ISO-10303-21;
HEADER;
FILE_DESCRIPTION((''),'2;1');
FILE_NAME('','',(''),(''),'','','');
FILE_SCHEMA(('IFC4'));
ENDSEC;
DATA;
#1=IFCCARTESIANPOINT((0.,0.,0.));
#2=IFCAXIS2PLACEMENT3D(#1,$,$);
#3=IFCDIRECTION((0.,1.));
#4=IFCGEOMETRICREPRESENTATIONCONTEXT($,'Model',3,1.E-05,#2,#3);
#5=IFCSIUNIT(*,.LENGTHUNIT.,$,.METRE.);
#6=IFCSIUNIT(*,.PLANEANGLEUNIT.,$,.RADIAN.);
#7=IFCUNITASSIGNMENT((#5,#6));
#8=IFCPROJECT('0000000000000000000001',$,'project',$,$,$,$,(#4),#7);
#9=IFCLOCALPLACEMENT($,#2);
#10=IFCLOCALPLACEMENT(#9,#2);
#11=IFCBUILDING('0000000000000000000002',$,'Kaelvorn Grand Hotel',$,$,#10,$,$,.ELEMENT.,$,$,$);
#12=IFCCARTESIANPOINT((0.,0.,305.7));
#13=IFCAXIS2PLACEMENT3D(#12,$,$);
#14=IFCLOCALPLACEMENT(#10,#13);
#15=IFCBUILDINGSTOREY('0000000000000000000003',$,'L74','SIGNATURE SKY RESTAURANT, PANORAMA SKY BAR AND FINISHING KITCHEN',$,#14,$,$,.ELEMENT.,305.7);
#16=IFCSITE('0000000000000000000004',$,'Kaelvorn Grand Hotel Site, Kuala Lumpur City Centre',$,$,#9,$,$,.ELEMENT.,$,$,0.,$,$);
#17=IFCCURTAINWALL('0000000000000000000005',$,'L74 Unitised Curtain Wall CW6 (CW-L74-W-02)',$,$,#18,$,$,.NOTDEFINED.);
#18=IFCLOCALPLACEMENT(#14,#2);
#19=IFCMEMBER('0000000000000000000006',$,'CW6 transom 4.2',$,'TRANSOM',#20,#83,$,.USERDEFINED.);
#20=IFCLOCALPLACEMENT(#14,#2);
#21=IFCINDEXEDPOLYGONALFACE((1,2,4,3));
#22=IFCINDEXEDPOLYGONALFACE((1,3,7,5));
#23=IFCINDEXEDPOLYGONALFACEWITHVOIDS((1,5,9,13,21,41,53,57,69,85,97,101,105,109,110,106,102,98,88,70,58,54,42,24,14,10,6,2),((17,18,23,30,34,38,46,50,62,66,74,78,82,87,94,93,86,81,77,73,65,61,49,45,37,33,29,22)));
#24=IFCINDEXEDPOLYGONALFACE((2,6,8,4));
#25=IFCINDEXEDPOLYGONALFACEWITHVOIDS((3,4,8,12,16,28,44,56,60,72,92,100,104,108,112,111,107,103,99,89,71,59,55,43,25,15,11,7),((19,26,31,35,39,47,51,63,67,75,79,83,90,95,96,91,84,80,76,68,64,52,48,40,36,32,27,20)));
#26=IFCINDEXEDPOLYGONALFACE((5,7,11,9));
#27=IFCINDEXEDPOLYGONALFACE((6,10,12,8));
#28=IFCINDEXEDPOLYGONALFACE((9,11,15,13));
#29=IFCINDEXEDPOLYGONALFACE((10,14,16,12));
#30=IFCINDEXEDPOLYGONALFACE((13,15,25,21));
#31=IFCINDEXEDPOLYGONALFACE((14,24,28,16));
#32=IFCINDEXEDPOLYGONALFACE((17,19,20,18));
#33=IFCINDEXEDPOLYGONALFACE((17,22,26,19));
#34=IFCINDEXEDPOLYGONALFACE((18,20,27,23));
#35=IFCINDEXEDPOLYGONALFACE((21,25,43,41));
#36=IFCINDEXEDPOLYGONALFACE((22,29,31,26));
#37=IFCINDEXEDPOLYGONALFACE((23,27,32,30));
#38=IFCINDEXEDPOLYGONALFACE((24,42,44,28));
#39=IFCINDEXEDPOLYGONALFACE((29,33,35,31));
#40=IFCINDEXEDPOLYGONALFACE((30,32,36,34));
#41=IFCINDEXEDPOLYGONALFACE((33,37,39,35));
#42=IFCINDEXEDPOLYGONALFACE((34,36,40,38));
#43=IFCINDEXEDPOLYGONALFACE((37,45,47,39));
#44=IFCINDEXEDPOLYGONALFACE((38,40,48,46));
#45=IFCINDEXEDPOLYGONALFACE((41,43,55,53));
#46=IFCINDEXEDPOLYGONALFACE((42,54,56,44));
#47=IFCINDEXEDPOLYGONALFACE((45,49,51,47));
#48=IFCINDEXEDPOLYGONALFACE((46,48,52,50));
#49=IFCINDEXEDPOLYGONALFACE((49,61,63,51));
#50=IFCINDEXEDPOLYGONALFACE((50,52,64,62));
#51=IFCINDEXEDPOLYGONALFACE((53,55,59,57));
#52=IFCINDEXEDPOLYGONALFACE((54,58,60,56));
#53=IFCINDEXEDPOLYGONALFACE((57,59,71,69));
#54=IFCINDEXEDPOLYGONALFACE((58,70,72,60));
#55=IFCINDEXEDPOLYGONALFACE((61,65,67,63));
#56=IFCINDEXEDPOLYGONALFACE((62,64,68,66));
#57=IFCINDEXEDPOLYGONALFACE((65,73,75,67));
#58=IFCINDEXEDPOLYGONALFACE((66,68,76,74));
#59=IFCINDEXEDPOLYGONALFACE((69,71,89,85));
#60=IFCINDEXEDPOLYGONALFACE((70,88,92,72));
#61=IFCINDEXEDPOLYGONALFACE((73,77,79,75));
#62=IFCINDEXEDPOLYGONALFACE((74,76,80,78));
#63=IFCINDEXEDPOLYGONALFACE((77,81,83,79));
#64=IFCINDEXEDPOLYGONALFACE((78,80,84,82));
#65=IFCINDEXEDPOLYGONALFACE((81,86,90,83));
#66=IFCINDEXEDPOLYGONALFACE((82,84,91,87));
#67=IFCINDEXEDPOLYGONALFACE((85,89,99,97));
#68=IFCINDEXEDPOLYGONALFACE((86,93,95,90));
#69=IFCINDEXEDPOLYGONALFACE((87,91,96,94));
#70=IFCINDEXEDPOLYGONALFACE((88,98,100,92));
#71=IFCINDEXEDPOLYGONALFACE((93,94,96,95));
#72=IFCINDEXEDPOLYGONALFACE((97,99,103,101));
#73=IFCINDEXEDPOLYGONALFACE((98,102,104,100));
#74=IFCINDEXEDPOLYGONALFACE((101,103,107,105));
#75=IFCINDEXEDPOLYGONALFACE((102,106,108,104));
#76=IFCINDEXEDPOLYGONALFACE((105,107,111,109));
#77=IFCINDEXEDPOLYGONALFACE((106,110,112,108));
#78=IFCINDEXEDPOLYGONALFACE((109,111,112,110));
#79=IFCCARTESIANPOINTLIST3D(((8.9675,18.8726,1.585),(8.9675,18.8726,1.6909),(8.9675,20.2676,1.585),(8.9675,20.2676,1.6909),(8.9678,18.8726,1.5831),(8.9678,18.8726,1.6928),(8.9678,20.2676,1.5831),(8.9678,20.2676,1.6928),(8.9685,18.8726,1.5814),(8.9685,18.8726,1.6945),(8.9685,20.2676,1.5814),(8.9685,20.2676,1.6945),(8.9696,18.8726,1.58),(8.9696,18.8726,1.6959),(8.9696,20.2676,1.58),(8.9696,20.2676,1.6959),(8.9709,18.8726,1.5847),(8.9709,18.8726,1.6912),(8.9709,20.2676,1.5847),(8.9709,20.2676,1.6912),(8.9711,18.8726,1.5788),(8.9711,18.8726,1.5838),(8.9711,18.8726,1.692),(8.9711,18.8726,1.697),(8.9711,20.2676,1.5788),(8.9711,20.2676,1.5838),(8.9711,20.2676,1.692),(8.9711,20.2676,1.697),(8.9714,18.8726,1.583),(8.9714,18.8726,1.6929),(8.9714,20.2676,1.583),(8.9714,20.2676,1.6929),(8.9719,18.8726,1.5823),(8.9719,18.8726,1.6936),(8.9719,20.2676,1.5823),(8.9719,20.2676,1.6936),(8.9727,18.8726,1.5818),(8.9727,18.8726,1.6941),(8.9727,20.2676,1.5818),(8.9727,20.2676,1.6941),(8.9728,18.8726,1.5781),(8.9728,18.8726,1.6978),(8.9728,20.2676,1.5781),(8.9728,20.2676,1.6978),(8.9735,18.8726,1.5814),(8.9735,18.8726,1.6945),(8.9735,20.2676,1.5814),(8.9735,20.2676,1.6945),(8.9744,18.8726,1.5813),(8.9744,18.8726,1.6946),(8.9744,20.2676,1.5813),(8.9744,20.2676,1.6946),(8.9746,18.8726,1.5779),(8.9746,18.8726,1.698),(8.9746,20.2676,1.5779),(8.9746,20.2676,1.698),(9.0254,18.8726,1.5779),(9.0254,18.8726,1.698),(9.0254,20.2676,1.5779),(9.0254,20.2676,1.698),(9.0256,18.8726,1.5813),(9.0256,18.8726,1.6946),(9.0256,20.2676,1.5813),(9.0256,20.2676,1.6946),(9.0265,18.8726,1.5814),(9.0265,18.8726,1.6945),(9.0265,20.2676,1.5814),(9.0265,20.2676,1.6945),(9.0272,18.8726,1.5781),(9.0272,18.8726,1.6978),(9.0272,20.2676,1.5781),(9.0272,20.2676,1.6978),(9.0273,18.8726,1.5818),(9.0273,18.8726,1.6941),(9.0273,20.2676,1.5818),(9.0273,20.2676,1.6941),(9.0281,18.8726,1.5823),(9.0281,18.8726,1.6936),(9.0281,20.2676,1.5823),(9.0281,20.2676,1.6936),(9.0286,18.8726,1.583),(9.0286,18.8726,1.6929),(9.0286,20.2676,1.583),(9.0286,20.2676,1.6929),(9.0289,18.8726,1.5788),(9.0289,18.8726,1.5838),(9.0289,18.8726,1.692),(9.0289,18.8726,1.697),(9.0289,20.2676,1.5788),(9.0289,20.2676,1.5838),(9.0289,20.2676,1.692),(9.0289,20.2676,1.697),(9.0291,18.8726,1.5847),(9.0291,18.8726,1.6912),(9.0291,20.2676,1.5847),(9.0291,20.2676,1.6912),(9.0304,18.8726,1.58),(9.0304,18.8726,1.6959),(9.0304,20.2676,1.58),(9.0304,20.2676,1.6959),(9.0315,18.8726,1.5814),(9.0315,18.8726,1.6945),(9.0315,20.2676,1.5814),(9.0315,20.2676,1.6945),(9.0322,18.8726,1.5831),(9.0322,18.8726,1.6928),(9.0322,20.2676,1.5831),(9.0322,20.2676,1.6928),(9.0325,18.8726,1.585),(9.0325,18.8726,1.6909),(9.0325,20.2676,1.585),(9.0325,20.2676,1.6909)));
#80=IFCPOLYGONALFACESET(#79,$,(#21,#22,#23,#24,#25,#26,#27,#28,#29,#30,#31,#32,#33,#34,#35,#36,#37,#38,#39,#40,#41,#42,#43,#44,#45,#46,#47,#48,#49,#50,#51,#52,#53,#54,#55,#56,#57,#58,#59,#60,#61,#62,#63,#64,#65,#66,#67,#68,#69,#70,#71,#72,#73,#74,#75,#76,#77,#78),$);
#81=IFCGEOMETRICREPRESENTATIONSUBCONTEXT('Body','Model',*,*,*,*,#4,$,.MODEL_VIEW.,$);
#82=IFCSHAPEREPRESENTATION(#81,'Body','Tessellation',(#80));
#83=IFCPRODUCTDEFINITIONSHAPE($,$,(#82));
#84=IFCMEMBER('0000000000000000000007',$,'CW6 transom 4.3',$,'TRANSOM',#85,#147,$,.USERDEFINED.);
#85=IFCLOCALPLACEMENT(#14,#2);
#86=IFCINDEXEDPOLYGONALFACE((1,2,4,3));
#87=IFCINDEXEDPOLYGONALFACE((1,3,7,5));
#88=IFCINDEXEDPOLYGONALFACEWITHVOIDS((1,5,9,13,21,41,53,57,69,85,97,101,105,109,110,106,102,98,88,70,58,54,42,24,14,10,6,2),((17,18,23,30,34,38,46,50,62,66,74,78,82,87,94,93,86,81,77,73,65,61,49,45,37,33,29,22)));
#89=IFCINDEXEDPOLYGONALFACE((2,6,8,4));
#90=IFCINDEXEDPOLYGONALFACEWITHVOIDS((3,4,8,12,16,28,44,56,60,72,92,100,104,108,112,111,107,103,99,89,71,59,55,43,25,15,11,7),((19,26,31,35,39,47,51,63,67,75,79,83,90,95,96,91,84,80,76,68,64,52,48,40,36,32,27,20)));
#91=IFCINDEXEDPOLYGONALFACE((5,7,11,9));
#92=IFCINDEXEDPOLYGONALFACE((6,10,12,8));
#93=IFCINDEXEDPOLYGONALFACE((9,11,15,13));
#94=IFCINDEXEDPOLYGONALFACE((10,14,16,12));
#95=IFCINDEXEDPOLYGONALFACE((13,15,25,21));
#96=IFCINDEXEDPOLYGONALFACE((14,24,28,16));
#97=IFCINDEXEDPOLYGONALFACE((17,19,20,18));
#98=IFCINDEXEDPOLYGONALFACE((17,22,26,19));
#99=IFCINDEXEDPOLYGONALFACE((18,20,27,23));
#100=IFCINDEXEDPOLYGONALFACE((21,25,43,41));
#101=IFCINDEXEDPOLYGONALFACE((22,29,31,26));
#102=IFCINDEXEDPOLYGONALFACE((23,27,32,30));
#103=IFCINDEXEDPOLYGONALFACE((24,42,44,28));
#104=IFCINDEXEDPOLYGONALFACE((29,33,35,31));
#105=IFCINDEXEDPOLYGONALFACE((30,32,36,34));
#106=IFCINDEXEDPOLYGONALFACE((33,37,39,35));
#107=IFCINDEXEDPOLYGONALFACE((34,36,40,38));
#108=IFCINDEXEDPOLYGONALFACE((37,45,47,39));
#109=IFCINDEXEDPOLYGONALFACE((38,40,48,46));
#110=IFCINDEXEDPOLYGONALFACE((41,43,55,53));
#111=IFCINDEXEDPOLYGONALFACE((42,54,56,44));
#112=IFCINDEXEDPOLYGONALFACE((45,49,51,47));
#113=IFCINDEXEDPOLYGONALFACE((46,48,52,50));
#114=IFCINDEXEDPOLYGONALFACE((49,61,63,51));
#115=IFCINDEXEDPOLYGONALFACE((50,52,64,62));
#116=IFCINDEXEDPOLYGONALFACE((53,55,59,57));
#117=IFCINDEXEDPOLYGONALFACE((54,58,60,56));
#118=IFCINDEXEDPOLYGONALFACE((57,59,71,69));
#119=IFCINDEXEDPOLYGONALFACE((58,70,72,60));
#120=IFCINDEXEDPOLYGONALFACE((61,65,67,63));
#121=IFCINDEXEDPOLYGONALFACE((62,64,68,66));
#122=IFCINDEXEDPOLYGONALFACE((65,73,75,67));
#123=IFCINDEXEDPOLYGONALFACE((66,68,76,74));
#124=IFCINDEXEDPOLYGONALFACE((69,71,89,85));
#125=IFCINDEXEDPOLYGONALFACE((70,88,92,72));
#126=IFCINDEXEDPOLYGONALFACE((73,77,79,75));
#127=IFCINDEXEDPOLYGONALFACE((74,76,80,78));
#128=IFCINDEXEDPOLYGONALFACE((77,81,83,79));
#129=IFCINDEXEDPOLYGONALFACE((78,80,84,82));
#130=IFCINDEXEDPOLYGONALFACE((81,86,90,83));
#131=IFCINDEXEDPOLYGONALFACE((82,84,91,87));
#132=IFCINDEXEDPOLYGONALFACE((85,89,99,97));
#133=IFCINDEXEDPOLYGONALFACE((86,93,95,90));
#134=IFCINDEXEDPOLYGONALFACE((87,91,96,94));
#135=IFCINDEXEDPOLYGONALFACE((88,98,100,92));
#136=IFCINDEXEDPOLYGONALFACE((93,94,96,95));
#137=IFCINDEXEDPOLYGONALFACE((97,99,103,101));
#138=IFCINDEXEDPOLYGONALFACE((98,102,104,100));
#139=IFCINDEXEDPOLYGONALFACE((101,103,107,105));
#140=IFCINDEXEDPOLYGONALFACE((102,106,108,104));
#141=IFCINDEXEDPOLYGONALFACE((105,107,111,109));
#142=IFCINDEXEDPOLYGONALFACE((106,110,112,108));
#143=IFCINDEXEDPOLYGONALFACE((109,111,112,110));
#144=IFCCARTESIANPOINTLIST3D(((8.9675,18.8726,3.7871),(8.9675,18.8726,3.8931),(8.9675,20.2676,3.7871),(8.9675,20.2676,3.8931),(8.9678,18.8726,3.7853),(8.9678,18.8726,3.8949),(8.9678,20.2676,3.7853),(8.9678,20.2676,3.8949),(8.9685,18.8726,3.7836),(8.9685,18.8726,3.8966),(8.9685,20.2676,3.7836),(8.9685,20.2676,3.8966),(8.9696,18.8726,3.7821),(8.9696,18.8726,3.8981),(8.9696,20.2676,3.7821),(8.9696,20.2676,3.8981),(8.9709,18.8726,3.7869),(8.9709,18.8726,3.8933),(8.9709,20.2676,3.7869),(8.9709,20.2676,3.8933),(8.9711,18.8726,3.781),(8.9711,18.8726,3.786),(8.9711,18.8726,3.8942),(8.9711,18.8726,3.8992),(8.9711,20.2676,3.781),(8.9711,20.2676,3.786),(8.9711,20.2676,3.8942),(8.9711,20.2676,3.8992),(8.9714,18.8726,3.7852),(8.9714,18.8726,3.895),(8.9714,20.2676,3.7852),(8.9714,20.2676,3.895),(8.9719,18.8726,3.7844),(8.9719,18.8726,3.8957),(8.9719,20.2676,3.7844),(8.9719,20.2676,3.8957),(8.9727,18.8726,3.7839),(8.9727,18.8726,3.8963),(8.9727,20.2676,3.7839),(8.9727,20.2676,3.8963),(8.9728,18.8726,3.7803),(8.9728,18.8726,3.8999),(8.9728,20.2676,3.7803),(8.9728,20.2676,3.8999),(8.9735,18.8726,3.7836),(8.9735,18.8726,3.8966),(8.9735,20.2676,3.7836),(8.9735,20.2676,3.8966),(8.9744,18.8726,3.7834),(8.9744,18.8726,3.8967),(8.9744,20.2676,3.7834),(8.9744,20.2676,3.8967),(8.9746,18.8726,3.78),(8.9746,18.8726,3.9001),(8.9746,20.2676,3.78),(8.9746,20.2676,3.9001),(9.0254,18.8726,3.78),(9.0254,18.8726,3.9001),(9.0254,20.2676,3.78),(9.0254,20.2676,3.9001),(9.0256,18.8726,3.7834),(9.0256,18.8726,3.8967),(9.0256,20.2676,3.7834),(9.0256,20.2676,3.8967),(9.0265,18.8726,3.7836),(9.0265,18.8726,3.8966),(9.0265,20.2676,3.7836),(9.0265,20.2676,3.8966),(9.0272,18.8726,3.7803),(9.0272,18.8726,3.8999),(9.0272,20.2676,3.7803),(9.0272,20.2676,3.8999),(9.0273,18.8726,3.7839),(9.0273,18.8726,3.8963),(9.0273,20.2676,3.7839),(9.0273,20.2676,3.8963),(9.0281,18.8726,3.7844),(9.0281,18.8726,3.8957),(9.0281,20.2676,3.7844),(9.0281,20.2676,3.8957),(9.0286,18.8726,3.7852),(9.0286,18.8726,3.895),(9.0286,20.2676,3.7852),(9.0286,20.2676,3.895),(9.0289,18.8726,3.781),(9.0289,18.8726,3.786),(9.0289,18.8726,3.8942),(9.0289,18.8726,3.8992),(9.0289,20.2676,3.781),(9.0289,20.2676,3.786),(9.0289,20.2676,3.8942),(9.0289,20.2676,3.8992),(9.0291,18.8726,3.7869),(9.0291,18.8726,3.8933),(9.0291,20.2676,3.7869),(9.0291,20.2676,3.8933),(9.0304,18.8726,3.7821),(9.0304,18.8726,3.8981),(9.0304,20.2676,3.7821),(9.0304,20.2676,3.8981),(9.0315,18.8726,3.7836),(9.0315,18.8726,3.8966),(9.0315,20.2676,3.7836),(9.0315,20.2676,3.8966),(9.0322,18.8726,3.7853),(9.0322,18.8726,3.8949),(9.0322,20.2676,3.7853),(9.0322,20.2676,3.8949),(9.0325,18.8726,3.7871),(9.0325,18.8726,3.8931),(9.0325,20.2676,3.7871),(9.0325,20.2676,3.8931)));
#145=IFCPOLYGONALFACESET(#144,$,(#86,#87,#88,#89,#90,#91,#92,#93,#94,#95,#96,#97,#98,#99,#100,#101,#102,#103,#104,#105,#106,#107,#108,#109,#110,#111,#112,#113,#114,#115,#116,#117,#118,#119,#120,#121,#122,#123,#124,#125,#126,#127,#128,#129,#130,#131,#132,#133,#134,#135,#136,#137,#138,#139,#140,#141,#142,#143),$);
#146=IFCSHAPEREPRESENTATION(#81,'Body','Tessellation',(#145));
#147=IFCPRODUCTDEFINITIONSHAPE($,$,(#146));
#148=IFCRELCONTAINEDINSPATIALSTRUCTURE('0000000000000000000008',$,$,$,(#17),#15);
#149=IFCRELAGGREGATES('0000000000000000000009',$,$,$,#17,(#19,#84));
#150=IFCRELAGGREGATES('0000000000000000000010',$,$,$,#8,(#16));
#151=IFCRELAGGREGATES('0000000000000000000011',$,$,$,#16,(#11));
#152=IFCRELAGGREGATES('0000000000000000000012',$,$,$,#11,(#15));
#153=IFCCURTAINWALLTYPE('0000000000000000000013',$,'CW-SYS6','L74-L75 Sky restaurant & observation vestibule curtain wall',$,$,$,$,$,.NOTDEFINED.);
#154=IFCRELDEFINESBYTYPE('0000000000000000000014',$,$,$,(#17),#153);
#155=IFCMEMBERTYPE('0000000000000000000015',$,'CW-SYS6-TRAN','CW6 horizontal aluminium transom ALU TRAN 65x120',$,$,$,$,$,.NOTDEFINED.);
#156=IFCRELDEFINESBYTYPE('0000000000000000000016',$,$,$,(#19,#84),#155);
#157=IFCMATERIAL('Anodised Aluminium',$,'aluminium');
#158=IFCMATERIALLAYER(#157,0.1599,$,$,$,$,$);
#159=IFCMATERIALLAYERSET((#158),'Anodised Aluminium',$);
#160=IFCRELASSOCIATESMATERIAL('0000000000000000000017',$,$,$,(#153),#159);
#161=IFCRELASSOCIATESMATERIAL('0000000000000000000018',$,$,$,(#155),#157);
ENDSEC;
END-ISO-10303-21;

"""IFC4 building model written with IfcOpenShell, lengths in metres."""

from ifc_helpers import new_model, si_unit, direction, frame, origin, origin_2d, place, context, subcontext, project, spatial, hollow_rectangle, extrude, material, layer, layer_set, material_profile, profile_set, type_object, element, aggregate, save


model = new_model("IFC4")

# Units and contexts
model_context = context("Model", 3, precision=1e-05, world=origin(), true_north=direction((0.0, 1.0)))
body_context = subcontext(model_context, "Body", "Model", "MODEL_VIEW")
ifc_project = project(units=[si_unit("LENGTHUNIT", "METRE"), si_unit("PLANEANGLEUNIT", "RADIAN")], contexts=[model_context])

# Site, building, storey
site_placement = place(None, origin())
site = spatial("IfcSite", under=ifc_project, at=site_placement, Name="Kaelvorn Grand Hotel Site, Kuala Lumpur City Centre", CompositionType="ELEMENT", RefElevation=0.0)
building_placement = place(site_placement, origin())
building = spatial("IfcBuilding", under=site, at=building_placement, Name="Kaelvorn Grand Hotel", CompositionType="ELEMENT")
storey_placement = place(building_placement, frame((0.0, 0.0, 305.7)))
storey = spatial("IfcBuildingStorey", under=building, at=storey_placement, Name="L74", Description="SIGNATURE SKY RESTAURANT, PANORAMA SKY BAR AND FINISHING KITCHEN", CompositionType="ELEMENT", Elevation=305.7)

# Curtain wall, members
ifc_material_1 = material(Name="Anodised Aluminium", Category="aluminium")
ifc_layer_1 = layer(ifc_material_1, 0.1599)
ifc_layer_set_1 = layer_set([ifc_layer_1], Name="Anodised Aluminium")
curtain_wall_type = type_object("IfcCurtainWallType", Name="CW-SYS6", Description="L74-L75 Sky restaurant & observation vestibule curtain wall", PredefinedType="NOTDEFINED", material=ifc_layer_set_1)
curtain_wall_placement = place(storey_placement, origin())
curtain_wall = element("IfcCurtainWall", 1, at=curtain_wall_placement, inside=storey, type_object=curtain_wall_type, Name="L74 Unitised Curtain Wall CW6 (CW-L74-W-02)", PredefinedType="NOTDEFINED")
ifc_material_profile_1 = material_profile(ifc_material_1, hollow_rectangle(XDim=0.0649, YDim=0.1201, WallThickness=0.0034, InnerFilletRadius=0.0034, OuterFilletRadius=0.0071, at=origin_2d()), Name="ALU TRAN 65x120")
ifc_profile_set_1 = profile_set([ifc_material_profile_1], Name="Anodised Aluminium")
member_type_1 = type_object("IfcMemberType", Name="CW-SYS6-TRAN", Description="CW6 horizontal aluminium transom ALU TRAN 65x120", PredefinedType="NOTDEFINED", material=ifc_profile_set_1)
member_1_placement = place(storey_placement, frame((9.0, 20.2676, 1.6379), z_axis=(0.0, -1.0, 0.0), x_axis=(1.0, 0.0, 0.0)))
member_1 = element("IfcMember", 2, at=member_1_placement, type_object=member_type_1, Name="CW6 transom 4.2", ObjectType="TRANSOM", PredefinedType="USERDEFINED", context=body_context, shape_type="SweptSolid", body=[
    extrude(hollow_rectangle(XDim=0.0649, YDim=0.1201, WallThickness=0.0034, InnerFilletRadius=0.0034, OuterFilletRadius=0.0071, at=origin_2d()), origin(), (0.0, 0.0, 1.0), 1.395),
])
member_2_placement = place(storey_placement, frame((9.0, 20.2676, 3.8401), z_axis=(0.0, -1.0, 0.0), x_axis=(1.0, 0.0, 0.0)))
member_2 = element("IfcMember", 3, at=member_2_placement, type_object=member_type_1, Name="CW6 transom 4.3", ObjectType="TRANSOM", PredefinedType="USERDEFINED", context=body_context, shape_type="SweptSolid", body=[
    extrude(hollow_rectangle(XDim=0.0649, YDim=0.1201, WallThickness=0.0034, InnerFilletRadius=0.0034, OuterFilletRadius=0.0071, at=origin_2d()), origin(), (0.0, 0.0, 1.0), 1.395),
])
aggregate(curtain_wall, [member_1, member_2])

save(model, "model.ifc")
